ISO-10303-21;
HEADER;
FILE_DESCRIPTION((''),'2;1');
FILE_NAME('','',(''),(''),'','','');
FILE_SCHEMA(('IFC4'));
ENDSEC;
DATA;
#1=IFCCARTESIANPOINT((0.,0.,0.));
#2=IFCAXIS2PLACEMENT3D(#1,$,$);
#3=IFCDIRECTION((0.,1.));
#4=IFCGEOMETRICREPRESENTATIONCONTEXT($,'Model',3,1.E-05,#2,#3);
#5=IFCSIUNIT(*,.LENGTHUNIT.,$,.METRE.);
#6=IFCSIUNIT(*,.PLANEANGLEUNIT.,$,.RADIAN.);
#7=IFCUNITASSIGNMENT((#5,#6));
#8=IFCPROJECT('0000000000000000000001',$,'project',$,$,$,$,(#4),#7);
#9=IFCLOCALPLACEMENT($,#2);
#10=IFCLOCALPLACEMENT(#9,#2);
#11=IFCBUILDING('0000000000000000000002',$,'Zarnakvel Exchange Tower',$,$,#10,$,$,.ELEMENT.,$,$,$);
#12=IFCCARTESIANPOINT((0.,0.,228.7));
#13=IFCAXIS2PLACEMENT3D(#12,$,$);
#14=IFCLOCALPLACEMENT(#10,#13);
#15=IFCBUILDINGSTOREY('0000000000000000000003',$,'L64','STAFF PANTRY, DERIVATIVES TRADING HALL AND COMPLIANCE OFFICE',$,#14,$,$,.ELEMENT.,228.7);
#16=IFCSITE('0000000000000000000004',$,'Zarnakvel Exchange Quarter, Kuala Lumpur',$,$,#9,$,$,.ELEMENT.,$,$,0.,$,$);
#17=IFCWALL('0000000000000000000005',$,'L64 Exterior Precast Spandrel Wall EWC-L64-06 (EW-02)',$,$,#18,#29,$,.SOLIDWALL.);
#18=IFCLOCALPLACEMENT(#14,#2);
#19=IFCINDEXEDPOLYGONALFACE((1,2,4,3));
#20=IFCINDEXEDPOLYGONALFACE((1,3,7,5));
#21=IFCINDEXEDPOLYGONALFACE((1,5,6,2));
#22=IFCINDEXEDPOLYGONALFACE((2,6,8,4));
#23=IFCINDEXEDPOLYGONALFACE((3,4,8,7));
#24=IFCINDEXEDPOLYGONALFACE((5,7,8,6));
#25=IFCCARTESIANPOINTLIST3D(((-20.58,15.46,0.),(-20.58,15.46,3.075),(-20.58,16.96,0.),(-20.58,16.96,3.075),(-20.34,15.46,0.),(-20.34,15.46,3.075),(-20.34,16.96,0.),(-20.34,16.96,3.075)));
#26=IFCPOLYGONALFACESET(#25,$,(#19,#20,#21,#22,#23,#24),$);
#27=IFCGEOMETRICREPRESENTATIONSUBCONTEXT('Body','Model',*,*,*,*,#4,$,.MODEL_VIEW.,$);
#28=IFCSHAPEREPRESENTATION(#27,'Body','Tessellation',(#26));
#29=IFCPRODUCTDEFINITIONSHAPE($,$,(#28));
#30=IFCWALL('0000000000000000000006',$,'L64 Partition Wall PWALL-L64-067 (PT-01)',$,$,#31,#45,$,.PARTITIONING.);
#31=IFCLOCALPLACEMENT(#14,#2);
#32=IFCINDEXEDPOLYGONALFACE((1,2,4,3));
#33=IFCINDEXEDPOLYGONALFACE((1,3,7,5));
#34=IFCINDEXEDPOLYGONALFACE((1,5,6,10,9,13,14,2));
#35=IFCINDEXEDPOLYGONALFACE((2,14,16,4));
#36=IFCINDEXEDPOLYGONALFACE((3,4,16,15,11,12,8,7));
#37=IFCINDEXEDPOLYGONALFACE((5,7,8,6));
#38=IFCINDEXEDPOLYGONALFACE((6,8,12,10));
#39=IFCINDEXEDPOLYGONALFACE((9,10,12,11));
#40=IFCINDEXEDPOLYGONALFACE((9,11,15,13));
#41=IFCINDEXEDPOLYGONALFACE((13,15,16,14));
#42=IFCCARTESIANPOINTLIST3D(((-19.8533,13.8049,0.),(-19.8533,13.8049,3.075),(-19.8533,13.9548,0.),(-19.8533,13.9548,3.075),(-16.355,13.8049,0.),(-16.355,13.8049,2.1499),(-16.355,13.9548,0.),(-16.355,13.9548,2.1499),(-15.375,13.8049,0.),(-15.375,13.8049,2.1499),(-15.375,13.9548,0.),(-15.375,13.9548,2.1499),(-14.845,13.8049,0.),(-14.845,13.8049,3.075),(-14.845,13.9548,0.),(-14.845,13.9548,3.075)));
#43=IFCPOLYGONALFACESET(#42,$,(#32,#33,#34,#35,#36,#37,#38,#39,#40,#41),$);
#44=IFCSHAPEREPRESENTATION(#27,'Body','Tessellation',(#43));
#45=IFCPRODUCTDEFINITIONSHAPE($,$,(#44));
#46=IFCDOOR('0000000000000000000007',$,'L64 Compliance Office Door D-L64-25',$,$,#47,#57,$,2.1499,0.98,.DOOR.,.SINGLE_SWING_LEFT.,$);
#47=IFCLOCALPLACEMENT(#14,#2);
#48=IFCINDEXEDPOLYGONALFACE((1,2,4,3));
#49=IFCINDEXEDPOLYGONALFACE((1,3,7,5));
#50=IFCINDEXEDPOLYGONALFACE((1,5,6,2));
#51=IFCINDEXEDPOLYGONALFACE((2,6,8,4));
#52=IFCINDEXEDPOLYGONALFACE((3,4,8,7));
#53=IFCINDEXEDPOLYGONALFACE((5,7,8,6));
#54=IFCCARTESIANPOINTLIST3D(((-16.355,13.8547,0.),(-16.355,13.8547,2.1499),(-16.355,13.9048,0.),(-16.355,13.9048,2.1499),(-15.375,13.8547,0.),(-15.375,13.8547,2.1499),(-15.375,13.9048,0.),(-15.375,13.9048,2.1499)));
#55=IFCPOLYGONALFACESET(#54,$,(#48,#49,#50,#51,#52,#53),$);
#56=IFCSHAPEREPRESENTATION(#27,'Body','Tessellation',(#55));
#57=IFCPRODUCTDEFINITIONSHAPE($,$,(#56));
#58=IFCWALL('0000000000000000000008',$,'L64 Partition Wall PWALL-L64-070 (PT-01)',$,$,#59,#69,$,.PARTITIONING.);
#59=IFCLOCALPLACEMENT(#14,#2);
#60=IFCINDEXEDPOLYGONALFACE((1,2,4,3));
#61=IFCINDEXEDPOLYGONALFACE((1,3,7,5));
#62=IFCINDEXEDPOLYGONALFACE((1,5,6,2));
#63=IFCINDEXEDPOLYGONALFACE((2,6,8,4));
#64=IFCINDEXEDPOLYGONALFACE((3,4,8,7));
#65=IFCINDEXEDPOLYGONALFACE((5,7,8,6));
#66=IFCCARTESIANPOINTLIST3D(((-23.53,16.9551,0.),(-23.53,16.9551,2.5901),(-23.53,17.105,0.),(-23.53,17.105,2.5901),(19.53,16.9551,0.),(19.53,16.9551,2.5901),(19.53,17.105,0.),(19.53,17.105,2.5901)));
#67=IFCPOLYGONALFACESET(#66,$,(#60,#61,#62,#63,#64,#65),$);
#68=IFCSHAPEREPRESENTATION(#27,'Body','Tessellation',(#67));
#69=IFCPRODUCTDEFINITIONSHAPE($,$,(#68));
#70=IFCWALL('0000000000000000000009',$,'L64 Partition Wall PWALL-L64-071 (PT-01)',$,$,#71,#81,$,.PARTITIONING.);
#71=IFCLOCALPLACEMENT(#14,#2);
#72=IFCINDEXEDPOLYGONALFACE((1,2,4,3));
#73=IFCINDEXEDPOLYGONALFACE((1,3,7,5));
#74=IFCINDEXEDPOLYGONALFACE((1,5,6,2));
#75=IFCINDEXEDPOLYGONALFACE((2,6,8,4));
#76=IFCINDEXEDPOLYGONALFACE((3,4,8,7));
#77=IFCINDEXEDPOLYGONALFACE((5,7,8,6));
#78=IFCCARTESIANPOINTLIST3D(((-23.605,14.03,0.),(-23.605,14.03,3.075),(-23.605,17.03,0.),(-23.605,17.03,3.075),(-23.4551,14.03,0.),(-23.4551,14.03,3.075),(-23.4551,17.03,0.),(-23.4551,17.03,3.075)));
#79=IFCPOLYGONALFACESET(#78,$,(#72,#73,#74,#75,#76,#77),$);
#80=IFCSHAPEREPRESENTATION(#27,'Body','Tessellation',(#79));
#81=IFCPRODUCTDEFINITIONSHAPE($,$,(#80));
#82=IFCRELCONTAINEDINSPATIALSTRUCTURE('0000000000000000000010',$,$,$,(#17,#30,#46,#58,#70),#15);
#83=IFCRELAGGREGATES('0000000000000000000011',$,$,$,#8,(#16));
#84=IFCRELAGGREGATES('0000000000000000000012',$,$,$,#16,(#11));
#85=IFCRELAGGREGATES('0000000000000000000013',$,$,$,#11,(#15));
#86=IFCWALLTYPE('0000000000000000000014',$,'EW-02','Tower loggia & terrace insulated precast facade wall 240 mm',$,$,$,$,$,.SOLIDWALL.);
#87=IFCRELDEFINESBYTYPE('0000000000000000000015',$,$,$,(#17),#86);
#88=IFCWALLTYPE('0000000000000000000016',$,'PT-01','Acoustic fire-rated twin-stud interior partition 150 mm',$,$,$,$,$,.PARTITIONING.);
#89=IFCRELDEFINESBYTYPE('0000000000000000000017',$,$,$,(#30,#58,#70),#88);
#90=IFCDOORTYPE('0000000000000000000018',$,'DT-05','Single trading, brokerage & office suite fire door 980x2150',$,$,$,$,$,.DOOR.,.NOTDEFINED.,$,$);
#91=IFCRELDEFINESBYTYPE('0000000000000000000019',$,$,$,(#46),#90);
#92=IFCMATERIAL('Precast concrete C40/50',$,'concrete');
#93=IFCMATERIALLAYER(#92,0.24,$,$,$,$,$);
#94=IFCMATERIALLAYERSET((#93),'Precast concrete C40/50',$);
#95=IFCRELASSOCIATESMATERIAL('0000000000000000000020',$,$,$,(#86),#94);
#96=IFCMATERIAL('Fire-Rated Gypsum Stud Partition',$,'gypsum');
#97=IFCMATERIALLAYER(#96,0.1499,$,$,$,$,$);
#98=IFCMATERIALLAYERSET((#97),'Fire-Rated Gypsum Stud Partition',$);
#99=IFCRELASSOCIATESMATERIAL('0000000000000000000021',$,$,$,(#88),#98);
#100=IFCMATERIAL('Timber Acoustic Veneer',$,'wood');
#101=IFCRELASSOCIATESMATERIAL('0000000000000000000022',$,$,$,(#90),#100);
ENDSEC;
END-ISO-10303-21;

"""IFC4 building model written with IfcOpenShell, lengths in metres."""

from ifc_helpers import new_model, si_unit, direction, frame, frame_2d, origin, place, context, subcontext, project, spatial, rectangle, extrude, source, transform, mapped, material, layer, layer_set, type_object, element, fill, save


model = new_model("IFC4")

# Units and contexts
model_context = context("Model", 3, precision=1e-05, world=origin(), true_north=direction((0.0, 1.0)))
body_context = subcontext(model_context, "Body", "Model", "MODEL_VIEW")
ifc_project = project(units=[si_unit("LENGTHUNIT", "METRE"), si_unit("PLANEANGLEUNIT", "RADIAN")], contexts=[model_context])

# Site, building, storey
site_placement = place(None, origin())
site = spatial("IfcSite", under=ifc_project, at=site_placement, Name="Zarnakvel Exchange Quarter, Kuala Lumpur", CompositionType="ELEMENT", RefElevation=0.0)
building_placement = place(site_placement, origin())
building = spatial("IfcBuilding", under=site, at=building_placement, Name="Zarnakvel Exchange Tower", CompositionType="ELEMENT")
storey_placement = place(building_placement, frame((0.0, 0.0, 228.7)))
storey = spatial("IfcBuildingStorey", under=building, at=storey_placement, Name="L64", Description="STAFF PANTRY, DERIVATIVES TRADING HALL AND COMPLIANCE OFFICE", CompositionType="ELEMENT", Elevation=228.7)

# Wall
ifc_material_1 = material(Name="Precast concrete C40/50", Category="concrete")
ifc_layer_1 = layer(ifc_material_1, 0.24)
ifc_layer_set_1 = layer_set([ifc_layer_1], Name="Precast concrete C40/50")
wall_type_1 = type_object("IfcWallType", Name="EW-02", Description="Tower loggia & terrace insulated precast facade wall 240 mm", PredefinedType="SOLIDWALL", material=ifc_layer_set_1)
for number, where, z_axis, x_axis, name in (
    (1, (-20.46, 16.96, 0.0), (0.0, 0.0, 1.0), (0.0, -1.0, 0.0), "L64 Exterior Precast Spandrel Wall EWC-L64-06 (EW-02)"),
):
    element("IfcWall", number, at=place(storey_placement, frame(where, z_axis=z_axis, x_axis=x_axis)), inside=storey, type_object=wall_type_1, Name=name, PredefinedType="SOLIDWALL", context=body_context, shape_type="SweptSolid", body=[
        extrude(rectangle(XDim=1.5, YDim=0.24, at=frame_2d((0.75, 0.0))), origin(), (0.0, 0.0, 1.0), 3.075),
    ])

# Wall, opening, door
ifc_material_2 = material(Name="Fire-Rated Gypsum Stud Partition", Category="gypsum")
ifc_layer_2 = layer(ifc_material_2, 0.1499)
ifc_layer_set_2 = layer_set([ifc_layer_2], Name="Fire-Rated Gypsum Stud Partition")
wall_type_2 = type_object("IfcWallType", Name="PT-01", Description="Acoustic fire-rated twin-stud interior partition 150 mm", PredefinedType="PARTITIONING", material=ifc_layer_set_2)
wall_1_placement = place(storey_placement, frame((-19.8533, 13.8799, 0.0), z_axis=(0.0, 0.0, 1.0), x_axis=(1.0, 0.0, 0.0)))
wall_1 = element("IfcWall", 2, at=wall_1_placement, inside=storey, type_object=wall_type_2, Name="L64 Partition Wall PWALL-L64-067 (PT-01)", PredefinedType="PARTITIONING", context=body_context, shape_type="SweptSolid", body=[
    extrude(rectangle(XDim=5.0083, YDim=0.1499, at=frame_2d((2.5042, 0.0))), origin(), (0.0, 0.0, 1.0), 3.075),
])
opening_placement = place(wall_1_placement, frame((3.4983, 0.0, 0.0)))
opening = element("IfcOpeningElement", 3, at=opening_placement, cuts=wall_1, PredefinedType="OPENING", context=body_context, shape_type="SweptSolid", body=[
    extrude(rectangle(XDim=0.98, YDim=2.1499, at=frame_2d((0.49, 1.075))), frame((0.0, 0.085, 0.0), z_axis=(0.0, -1.0, 0.0), x_axis=(1.0, 0.0, 0.0)), (0.0, 0.0, 1.0), 0.1699),
])
ifc_material_3 = material(Name="Timber Acoustic Veneer", Category="wood")
door_type = type_object("IfcDoorType", Name="DT-05", Description="Single trading, brokerage & office suite fire door 980x2150", OperationType="NOTDEFINED", PredefinedType="DOOR", material=ifc_material_3)
shared_shape_1 = source(origin(), body_context, "Body", "SweptSolid", [
    extrude(rectangle(XDim=0.98, YDim=2.1499, at=frame_2d((0.49, 1.075))), frame((0.0, 0.0249, 0.0), z_axis=(0.0, -1.0, 0.0), x_axis=(1.0, 0.0, 0.0)), (0.0, 0.0, 1.0), 0.05),
])
door_placement = place(opening_placement, origin())
door = element("IfcDoor", 4, at=door_placement, inside=storey, type_object=door_type, Name="L64 Compliance Office Door D-L64-25", OperationType="SINGLE_SWING_LEFT", OverallHeight=2.1499, OverallWidth=0.98, PredefinedType="DOOR", context=body_context, shape_type="MappedRepresentation", body=[
    mapped(shared_shape_1, transform((0.0, 0.0, 0.0), x_axis=(1.0, 0.0, 0.0), y_axis=(0.0, 1.0, 0.0), z_axis=(0.0, 0.0, 1.0), scale=1.0)),
])
fill(opening, door)

# Walls
wall_2_placement = place(storey_placement, frame((-23.53, 17.03, 0.0), z_axis=(0.0, 0.0, 1.0), x_axis=(1.0, 0.0, 0.0)))
element("IfcWall", 5, at=wall_2_placement, inside=storey, type_object=wall_type_2, Name="L64 Partition Wall PWALL-L64-070 (PT-01)", PredefinedType="PARTITIONING", context=body_context, shape_type="SweptSolid", body=[
    extrude(rectangle(XDim=43.0601, YDim=0.1499, at=frame_2d((21.53, 0.0))), origin(), (0.0, 0.0, 1.0), 2.5901),
])
wall_3_placement = place(storey_placement, frame((-23.53, 14.03, 0.0), z_axis=(0.0, 0.0, 1.0), x_axis=(0.0, 1.0, 0.0)))
element("IfcWall", 6, at=wall_3_placement, inside=storey, type_object=wall_type_2, Name="L64 Partition Wall PWALL-L64-071 (PT-01)", PredefinedType="PARTITIONING", context=body_context, shape_type="SweptSolid", body=[
    extrude(rectangle(XDim=3.0, YDim=0.1499, at=frame_2d((1.5, 0.0))), origin(), (0.0, 0.0, 1.0), 3.075),
])

save(model, "model.ifc")
